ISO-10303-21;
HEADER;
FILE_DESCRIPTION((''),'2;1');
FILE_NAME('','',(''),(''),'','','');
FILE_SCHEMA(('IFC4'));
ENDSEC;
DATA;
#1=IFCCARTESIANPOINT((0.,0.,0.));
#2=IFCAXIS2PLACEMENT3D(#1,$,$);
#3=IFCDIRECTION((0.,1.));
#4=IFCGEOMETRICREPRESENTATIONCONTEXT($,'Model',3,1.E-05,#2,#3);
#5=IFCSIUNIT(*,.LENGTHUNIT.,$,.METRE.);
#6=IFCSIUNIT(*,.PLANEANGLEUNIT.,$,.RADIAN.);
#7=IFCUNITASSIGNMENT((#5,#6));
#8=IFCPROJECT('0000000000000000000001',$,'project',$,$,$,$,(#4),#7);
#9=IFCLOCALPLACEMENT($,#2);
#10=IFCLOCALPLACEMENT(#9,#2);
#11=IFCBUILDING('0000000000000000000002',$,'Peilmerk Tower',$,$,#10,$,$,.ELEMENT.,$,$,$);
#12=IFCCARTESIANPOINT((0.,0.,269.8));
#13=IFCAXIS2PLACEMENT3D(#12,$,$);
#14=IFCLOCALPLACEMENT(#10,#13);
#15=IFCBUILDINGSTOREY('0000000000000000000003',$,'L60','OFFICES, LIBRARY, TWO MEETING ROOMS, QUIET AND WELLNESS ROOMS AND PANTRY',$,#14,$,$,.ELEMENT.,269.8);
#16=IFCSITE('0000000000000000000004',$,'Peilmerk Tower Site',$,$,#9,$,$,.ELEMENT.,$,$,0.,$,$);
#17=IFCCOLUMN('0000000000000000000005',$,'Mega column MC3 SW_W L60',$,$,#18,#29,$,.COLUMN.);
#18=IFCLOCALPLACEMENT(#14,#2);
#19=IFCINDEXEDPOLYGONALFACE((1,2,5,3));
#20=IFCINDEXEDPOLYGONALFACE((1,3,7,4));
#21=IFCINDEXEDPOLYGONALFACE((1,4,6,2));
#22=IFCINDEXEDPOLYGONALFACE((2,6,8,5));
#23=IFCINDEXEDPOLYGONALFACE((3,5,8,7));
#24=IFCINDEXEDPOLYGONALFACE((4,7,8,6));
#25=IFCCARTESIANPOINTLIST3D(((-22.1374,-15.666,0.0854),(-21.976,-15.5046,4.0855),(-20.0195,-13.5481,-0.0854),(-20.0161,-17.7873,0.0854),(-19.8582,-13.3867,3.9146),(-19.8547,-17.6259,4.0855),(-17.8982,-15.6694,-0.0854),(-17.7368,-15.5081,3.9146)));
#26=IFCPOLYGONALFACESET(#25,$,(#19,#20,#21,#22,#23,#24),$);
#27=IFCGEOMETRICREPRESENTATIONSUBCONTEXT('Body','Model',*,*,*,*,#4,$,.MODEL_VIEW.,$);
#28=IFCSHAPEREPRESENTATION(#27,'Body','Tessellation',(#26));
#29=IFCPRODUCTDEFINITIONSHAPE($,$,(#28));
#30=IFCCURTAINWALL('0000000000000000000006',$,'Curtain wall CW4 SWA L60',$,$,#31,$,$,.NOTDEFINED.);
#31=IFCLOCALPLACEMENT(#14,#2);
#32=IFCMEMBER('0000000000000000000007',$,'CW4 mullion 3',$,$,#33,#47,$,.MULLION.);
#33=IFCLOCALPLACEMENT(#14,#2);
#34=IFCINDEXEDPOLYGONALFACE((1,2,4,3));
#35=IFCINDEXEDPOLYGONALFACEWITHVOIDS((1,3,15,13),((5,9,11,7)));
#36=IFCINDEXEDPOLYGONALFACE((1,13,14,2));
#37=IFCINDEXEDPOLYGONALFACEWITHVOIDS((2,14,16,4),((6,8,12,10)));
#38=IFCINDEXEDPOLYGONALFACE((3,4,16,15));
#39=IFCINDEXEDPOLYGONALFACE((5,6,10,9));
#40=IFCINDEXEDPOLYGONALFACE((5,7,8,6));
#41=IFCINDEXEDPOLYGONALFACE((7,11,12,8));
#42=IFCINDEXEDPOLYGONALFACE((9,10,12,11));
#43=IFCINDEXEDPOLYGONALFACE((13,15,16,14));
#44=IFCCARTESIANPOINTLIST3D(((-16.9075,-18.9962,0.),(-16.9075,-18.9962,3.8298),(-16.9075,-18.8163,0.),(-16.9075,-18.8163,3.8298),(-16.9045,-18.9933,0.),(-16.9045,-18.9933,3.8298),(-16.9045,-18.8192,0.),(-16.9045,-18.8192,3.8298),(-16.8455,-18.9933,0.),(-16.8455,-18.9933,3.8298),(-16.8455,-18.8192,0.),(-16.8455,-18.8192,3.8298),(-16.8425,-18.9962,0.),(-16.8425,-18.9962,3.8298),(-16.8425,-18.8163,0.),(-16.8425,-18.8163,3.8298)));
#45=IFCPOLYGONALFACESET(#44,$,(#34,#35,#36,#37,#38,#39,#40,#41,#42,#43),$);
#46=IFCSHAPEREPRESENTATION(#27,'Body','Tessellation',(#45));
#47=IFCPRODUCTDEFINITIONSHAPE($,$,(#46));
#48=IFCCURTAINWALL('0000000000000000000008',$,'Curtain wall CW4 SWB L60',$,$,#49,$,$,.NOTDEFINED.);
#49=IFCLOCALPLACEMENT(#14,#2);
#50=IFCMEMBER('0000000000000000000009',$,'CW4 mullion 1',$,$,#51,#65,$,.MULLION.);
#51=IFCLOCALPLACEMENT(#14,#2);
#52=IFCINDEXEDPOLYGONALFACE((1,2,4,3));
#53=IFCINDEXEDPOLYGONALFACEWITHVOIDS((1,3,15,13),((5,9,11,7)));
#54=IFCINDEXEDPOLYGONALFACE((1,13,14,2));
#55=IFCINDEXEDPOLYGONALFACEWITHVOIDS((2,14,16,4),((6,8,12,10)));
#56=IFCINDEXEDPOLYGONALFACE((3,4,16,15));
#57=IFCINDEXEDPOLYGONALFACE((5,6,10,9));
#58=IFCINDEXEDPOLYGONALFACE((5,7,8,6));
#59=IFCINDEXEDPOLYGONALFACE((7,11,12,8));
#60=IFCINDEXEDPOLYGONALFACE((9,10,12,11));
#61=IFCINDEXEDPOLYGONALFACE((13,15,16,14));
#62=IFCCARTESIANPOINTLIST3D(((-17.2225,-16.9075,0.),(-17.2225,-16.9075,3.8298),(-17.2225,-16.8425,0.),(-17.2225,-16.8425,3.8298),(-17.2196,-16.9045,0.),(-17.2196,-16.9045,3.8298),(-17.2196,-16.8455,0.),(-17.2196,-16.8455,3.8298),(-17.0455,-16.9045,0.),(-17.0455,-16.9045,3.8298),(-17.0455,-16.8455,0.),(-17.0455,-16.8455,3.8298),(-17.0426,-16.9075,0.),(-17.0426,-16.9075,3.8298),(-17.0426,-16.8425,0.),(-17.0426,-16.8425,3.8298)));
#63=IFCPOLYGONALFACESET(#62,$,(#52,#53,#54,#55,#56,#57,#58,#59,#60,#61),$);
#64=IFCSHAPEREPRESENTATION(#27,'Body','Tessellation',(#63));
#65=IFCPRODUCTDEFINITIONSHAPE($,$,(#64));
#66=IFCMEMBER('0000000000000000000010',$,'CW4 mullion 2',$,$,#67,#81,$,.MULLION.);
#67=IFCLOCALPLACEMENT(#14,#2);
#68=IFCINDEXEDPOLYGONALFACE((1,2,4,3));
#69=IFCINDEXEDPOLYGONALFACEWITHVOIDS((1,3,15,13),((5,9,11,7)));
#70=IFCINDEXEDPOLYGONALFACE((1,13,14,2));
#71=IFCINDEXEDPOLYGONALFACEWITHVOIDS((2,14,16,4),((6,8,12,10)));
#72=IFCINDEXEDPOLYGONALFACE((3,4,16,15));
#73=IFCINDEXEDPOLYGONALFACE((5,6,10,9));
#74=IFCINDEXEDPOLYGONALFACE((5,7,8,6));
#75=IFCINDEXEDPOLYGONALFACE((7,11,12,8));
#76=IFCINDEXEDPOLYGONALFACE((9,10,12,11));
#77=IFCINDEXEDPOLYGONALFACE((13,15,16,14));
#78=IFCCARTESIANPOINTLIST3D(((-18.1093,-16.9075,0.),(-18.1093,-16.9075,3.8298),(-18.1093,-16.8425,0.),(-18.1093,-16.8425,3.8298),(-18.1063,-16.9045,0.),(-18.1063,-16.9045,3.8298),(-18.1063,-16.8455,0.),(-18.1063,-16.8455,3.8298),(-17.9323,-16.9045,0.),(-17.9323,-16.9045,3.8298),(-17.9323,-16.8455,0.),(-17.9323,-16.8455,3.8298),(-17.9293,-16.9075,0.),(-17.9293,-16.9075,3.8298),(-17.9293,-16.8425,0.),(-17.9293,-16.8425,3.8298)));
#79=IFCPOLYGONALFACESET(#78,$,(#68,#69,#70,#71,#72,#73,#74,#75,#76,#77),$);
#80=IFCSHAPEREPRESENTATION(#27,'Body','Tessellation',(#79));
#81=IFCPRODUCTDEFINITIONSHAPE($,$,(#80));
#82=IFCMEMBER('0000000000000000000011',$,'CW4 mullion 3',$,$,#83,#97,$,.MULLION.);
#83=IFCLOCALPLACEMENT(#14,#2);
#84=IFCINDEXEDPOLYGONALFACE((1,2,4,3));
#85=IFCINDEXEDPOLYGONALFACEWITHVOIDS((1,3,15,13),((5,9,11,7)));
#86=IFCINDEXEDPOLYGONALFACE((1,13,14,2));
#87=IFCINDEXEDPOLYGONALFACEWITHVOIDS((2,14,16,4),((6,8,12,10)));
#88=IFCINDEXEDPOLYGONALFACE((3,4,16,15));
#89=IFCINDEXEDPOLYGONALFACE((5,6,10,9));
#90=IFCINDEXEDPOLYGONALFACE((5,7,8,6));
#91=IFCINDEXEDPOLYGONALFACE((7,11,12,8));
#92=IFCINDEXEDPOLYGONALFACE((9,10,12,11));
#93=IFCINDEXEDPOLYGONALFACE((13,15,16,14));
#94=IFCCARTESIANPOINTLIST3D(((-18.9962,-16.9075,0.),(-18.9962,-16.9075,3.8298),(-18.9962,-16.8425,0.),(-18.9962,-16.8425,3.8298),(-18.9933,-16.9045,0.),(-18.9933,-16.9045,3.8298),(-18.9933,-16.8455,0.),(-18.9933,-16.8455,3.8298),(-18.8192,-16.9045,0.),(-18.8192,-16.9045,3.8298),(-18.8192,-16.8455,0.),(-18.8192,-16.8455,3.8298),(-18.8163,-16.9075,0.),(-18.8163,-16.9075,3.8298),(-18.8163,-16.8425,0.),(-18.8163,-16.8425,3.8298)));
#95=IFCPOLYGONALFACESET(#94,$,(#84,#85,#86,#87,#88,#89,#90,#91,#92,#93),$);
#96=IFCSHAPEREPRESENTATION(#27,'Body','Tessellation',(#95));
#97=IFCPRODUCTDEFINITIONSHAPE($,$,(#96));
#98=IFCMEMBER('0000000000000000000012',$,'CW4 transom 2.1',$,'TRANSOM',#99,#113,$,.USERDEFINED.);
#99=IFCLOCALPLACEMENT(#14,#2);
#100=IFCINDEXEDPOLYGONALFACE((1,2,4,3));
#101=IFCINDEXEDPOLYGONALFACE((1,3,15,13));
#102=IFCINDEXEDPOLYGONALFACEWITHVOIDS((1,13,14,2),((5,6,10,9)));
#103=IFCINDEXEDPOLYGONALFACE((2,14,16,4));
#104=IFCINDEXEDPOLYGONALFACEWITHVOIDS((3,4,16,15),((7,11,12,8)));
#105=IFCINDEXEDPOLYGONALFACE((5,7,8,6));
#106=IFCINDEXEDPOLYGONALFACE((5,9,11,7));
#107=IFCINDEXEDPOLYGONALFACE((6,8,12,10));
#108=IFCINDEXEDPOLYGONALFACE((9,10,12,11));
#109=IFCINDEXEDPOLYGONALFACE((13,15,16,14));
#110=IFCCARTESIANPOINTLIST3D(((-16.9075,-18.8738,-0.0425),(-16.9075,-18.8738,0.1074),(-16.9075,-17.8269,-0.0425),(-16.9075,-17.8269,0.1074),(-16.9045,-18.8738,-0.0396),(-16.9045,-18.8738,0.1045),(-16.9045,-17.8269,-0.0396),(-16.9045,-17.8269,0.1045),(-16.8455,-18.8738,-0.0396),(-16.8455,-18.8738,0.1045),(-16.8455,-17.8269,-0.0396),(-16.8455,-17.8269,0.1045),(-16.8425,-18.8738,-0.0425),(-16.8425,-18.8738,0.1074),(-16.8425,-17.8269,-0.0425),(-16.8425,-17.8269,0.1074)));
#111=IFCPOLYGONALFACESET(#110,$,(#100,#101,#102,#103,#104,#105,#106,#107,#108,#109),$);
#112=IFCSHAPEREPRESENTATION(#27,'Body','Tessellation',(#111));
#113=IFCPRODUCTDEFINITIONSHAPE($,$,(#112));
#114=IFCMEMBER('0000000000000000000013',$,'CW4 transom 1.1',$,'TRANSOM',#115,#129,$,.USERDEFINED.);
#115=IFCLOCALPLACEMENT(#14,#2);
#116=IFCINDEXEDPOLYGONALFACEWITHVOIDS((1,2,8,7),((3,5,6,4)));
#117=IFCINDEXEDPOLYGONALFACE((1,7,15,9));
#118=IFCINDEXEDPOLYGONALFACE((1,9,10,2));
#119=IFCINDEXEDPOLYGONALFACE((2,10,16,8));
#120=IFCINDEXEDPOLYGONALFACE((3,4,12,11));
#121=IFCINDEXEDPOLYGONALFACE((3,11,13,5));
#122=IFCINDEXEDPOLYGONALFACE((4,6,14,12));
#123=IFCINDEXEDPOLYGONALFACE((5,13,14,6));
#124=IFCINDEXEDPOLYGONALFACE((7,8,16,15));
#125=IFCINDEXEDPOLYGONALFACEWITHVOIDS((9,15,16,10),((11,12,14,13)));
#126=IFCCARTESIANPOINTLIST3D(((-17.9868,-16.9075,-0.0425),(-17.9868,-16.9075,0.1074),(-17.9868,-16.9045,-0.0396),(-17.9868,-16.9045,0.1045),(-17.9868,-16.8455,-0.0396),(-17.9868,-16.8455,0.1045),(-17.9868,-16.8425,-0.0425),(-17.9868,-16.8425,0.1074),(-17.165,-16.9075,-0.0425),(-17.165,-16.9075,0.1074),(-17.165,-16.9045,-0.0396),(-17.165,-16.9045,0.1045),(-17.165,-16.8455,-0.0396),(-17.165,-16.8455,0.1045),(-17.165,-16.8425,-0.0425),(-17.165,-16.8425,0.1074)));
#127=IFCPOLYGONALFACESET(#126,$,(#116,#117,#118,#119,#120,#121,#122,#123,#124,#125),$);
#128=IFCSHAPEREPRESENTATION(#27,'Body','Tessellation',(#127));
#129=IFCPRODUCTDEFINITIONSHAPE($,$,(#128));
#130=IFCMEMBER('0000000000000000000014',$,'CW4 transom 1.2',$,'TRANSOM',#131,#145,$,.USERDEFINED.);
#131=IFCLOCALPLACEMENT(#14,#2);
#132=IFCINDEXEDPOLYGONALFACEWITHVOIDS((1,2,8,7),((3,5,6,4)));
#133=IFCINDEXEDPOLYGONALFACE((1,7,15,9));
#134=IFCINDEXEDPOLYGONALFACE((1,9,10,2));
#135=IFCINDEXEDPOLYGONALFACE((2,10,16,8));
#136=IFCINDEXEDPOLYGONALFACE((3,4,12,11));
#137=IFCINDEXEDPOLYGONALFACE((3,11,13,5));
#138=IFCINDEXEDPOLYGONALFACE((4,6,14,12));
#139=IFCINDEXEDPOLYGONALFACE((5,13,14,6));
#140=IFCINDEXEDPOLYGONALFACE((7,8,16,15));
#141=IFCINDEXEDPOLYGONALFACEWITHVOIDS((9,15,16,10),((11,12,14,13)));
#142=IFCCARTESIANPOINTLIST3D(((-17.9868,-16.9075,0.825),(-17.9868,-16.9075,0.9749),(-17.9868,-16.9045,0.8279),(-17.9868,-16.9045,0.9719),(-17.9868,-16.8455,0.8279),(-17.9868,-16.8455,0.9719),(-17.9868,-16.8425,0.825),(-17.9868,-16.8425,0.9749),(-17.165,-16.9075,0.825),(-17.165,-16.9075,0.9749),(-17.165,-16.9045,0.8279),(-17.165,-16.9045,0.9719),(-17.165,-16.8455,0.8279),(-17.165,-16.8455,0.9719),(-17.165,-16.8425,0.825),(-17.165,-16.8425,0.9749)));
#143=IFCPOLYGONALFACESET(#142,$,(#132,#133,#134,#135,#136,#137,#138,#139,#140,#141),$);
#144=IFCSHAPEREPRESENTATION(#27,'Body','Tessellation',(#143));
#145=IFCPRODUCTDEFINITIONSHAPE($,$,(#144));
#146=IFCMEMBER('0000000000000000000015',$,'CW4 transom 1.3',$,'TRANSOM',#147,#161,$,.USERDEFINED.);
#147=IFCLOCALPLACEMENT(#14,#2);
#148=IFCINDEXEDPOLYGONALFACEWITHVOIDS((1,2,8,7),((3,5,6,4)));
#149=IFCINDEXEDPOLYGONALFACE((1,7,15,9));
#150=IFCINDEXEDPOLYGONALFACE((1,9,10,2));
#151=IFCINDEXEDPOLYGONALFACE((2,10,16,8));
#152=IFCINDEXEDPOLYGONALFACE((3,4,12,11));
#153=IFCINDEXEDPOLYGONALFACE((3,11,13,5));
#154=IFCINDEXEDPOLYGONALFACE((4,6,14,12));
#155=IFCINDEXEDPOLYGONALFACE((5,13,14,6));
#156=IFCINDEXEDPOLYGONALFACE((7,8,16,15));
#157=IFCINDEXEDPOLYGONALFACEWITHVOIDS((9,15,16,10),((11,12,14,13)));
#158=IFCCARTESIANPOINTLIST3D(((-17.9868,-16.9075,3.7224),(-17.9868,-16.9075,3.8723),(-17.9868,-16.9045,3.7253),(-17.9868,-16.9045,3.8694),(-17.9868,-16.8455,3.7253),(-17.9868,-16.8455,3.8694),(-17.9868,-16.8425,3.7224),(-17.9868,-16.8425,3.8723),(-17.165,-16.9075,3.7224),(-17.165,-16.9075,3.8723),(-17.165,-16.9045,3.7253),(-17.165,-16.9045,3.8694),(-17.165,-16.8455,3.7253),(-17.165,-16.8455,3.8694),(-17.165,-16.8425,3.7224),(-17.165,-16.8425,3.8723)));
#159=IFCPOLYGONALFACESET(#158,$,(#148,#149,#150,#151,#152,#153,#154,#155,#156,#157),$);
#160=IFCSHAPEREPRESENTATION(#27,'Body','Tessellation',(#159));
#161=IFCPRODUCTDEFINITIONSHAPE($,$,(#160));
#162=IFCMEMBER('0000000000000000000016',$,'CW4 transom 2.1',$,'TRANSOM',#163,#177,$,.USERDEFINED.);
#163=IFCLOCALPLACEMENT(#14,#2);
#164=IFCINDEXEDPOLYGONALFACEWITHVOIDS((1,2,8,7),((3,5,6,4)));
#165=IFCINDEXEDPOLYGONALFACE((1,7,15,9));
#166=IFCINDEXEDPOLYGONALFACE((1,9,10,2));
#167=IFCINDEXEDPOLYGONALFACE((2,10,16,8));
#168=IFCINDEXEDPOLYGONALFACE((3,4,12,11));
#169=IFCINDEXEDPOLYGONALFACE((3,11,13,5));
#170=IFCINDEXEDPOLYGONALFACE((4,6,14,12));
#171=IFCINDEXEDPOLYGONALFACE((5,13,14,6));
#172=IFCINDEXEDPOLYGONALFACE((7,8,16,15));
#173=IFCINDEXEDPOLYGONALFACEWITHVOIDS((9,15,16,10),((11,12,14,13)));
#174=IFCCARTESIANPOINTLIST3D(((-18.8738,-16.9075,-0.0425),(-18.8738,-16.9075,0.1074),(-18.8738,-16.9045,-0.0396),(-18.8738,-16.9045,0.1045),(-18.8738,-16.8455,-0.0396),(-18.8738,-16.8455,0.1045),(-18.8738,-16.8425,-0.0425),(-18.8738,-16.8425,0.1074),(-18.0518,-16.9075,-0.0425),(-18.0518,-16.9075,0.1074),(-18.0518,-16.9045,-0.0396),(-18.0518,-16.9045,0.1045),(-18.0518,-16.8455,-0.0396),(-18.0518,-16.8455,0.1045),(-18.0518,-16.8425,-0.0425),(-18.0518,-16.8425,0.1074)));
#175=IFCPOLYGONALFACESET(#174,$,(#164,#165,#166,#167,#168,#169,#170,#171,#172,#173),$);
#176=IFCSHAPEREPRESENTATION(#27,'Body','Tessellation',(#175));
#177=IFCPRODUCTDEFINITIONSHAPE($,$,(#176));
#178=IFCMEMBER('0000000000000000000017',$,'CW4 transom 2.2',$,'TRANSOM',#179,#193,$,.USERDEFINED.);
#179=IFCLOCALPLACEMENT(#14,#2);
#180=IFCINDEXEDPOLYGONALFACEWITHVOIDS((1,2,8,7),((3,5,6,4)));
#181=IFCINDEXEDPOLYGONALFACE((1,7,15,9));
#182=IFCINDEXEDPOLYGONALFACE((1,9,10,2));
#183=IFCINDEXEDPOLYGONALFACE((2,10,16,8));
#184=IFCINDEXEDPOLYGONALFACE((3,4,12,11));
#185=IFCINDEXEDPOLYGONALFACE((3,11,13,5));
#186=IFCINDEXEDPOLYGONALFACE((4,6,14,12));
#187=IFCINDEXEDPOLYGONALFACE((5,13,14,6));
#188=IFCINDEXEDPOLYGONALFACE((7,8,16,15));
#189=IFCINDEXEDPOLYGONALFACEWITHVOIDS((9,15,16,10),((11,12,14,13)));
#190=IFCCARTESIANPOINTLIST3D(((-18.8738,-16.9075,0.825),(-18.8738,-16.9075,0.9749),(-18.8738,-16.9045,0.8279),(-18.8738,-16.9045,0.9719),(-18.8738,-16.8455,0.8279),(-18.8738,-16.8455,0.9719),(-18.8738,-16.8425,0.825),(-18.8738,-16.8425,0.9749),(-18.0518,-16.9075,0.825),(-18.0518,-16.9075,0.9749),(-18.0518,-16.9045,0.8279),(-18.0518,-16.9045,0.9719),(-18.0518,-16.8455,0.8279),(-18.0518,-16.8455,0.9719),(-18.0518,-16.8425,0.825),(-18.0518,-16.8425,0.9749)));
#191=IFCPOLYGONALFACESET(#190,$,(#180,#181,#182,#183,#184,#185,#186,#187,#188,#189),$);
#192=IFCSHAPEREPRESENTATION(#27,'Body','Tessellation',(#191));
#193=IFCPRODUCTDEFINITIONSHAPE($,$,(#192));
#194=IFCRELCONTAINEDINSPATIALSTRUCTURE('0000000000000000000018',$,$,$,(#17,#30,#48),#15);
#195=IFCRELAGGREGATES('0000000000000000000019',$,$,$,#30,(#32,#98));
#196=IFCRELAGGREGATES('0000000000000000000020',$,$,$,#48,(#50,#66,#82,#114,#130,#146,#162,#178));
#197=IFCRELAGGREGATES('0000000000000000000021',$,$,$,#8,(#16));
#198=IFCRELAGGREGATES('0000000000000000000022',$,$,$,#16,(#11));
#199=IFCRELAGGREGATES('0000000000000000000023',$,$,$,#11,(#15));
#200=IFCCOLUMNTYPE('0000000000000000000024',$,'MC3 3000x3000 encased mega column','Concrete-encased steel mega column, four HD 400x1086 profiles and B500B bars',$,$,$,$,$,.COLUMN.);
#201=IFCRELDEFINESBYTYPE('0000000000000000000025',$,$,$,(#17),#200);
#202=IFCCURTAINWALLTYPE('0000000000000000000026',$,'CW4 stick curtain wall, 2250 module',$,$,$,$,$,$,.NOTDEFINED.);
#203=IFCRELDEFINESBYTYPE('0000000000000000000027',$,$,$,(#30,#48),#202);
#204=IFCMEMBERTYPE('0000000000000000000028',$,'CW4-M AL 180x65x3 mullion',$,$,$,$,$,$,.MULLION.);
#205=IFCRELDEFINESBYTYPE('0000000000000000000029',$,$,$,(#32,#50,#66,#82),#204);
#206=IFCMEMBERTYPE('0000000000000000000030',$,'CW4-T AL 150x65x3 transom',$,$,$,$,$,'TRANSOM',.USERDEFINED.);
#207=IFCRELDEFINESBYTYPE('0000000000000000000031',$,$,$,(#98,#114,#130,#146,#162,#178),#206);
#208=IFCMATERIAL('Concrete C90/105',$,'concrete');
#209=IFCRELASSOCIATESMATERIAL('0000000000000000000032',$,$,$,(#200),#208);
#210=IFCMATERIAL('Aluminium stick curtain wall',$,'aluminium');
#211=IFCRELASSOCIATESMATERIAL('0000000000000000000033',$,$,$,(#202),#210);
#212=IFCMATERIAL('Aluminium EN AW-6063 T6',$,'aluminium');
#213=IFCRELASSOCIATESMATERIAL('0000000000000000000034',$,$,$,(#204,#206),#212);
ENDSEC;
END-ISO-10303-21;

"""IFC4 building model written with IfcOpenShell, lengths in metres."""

from ifc_helpers import new_model, si_unit, direction, frame, origin, origin_2d, place, context, subcontext, project, spatial, rectangle, hollow_rectangle, extrude, material, material_profile, profile_set, type_object, element, aggregate, save


model = new_model("IFC4")

# Units and contexts
model_context = context("Model", 3, precision=1e-05, world=origin(), true_north=direction((0.0, 1.0)))
body_context = subcontext(model_context, "Body", "Model", "MODEL_VIEW")
ifc_project = project(units=[si_unit("LENGTHUNIT", "METRE"), si_unit("PLANEANGLEUNIT", "RADIAN")], contexts=[model_context])

# Site, building, storey
site_placement = place(None, origin())
site = spatial("IfcSite", under=ifc_project, at=site_placement, Name="Peilmerk Tower Site", CompositionType="ELEMENT", RefElevation=0.0)
building_placement = place(site_placement, origin())
building = spatial("IfcBuilding", under=site, at=building_placement, Name="Peilmerk Tower", CompositionType="ELEMENT")
storey_placement = place(building_placement, frame((0.0, 0.0, 269.8)))
storey = spatial("IfcBuildingStorey", under=building, at=storey_placement, Name="L60", Description="OFFICES, LIBRARY, TWO MEETING ROOMS, QUIET AND WELLNESS ROOMS AND PANTRY", CompositionType="ELEMENT", Elevation=269.8)

# Column
ifc_material_1 = material(Name="Concrete C90/105", Category="concrete")
ifc_material_profile_1 = material_profile(ifc_material_1, rectangle(XDim=3.0, YDim=3.0, at=origin_2d()), Name="RC 3000x3000")
ifc_profile_set_1 = profile_set([ifc_material_profile_1], Name="Concrete C90/105")
column_type = type_object("IfcColumnType", Name="MC3 3000x3000 encased mega column", Description="Concrete-encased steel mega column, four HD 400x1086 profiles and B500B bars", PredefinedType="COLUMN", material=ifc_profile_set_1)
column_placement = place(storey_placement, frame((-20.0178, -15.6677, 0.0), z_axis=(0.040279, 0.040279, 0.998376), x_axis=(-0.707107, 0.707107, 0.0)))
element("IfcColumn", 1, at=column_placement, inside=storey, type_object=column_type, Name="Mega column MC3 SW_W L60", PredefinedType="COLUMN", context=body_context, shape_type="SweptSolid", body=[
    extrude(rectangle(XDim=3.0, YDim=3.0, at=origin_2d()), origin(), (0.0, 0.0, 1.0), 4.0066),
])

# Curtain wall, member
ifc_material_2 = material(Name="Aluminium stick curtain wall", Category="aluminium")
curtain_wall_type = type_object("IfcCurtainWallType", Name="CW4 stick curtain wall, 2250 module", PredefinedType="NOTDEFINED", material=ifc_material_2)
curtain_wall_1_placement = place(storey_placement, origin())
curtain_wall_1 = element("IfcCurtainWall", 2, at=curtain_wall_1_placement, inside=storey, type_object=curtain_wall_type, Name="Curtain wall CW4 SWA L60", PredefinedType="NOTDEFINED")
ifc_material_3 = material(Name="Aluminium EN AW-6063 T6", Category="aluminium")
ifc_material_profile_2 = material_profile(ifc_material_3, hollow_rectangle(XDim=0.0649, YDim=0.1799, WallThickness=0.0029, at=origin_2d()), Name="AL 180x65x3")
ifc_profile_set_2 = profile_set([ifc_material_profile_2], Name="Aluminium EN AW-6063 T6")
member_type_1 = type_object("IfcMemberType", Name="CW4-M AL 180x65x3 mullion", PredefinedType="MULLION", material=ifc_profile_set_2)
member_1_placement = place(storey_placement, frame((-16.875, -18.9062, 0.0), z_axis=(0.0, 0.0, 1.0), x_axis=(1.0, 0.0, 0.0)))
member_1 = element("IfcMember", 3, at=member_1_placement, type_object=member_type_1, Name="CW4 mullion 3", PredefinedType="MULLION", context=body_context, shape_type="SweptSolid", body=[
    extrude(hollow_rectangle(XDim=0.0649, YDim=0.1799, WallThickness=0.0029, at=origin_2d()), origin(), (0.0, 0.0, 1.0), 3.8298),
])

# Curtain wall, members
curtain_wall_2_placement = place(storey_placement, origin())
curtain_wall_2 = element("IfcCurtainWall", 4, at=curtain_wall_2_placement, inside=storey, type_object=curtain_wall_type, Name="Curtain wall CW4 SWB L60", PredefinedType="NOTDEFINED")
member_2_placement = place(storey_placement, frame((-17.1326, -16.875, 0.0), z_axis=(0.0, 0.0, 1.0), x_axis=(0.0, -1.0, 0.0)))
member_2 = element("IfcMember", 5, at=member_2_placement, type_object=member_type_1, Name="CW4 mullion 1", PredefinedType="MULLION", context=body_context, shape_type="SweptSolid", body=[
    extrude(hollow_rectangle(XDim=0.0649, YDim=0.1799, WallThickness=0.0029, at=origin_2d()), origin(), (0.0, 0.0, 1.0), 3.8298),
])
member_3_placement = place(storey_placement, frame((-18.0193, -16.875, 0.0), z_axis=(0.0, 0.0, 1.0), x_axis=(0.0, -1.0, 0.0)))
member_3 = element("IfcMember", 6, at=member_3_placement, type_object=member_type_1, Name="CW4 mullion 2", PredefinedType="MULLION", context=body_context, shape_type="SweptSolid", body=[
    extrude(hollow_rectangle(XDim=0.0649, YDim=0.1799, WallThickness=0.0029, at=origin_2d()), origin(), (0.0, 0.0, 1.0), 3.8298),
])
member_4_placement = place(storey_placement, frame((-18.9062, -16.875, 0.0), z_axis=(0.0, 0.0, 1.0), x_axis=(0.0, -1.0, 0.0)))
member_4 = element("IfcMember", 7, at=member_4_placement, type_object=member_type_1, Name="CW4 mullion 3", PredefinedType="MULLION", context=body_context, shape_type="SweptSolid", body=[
    extrude(hollow_rectangle(XDim=0.0649, YDim=0.1799, WallThickness=0.0029, at=origin_2d()), origin(), (0.0, 0.0, 1.0), 3.8298),
])

# Members
ifc_material_profile_3 = material_profile(ifc_material_3, hollow_rectangle(XDim=0.0649, YDim=0.1499, WallThickness=0.0029, at=origin_2d()), Name="AL 150x65x3")
ifc_profile_set_3 = profile_set([ifc_material_profile_3], Name="Aluminium EN AW-6063 T6")
member_type_2 = type_object("IfcMemberType", Name="CW4-T AL 150x65x3 transom", ElementType="TRANSOM", PredefinedType="USERDEFINED", material=ifc_profile_set_3)
member_5_placement = place(storey_placement, frame((-16.875, -17.8269, 0.0325), z_axis=(0.0, -1.0, 0.0), x_axis=(1.0, 0.0, 0.0)))
member_5 = element("IfcMember", 8, at=member_5_placement, type_object=member_type_2, Name="CW4 transom 2.1", ObjectType="TRANSOM", PredefinedType="USERDEFINED", context=body_context, shape_type="SweptSolid", body=[
    extrude(hollow_rectangle(XDim=0.0649, YDim=0.1499, WallThickness=0.0029, at=origin_2d()), origin(), (0.0, 0.0, 1.0), 1.0469),
])
member_6_placement = place(storey_placement, frame((-17.165, -16.875, 0.0325), z_axis=(-1.0, 0.0, 0.0), x_axis=(0.0, -1.0, 0.0)))
member_6 = element("IfcMember", 9, at=member_6_placement, type_object=member_type_2, Name="CW4 transom 1.1", ObjectType="TRANSOM", PredefinedType="USERDEFINED", context=body_context, shape_type="SweptSolid", body=[
    extrude(hollow_rectangle(XDim=0.0649, YDim=0.1499, WallThickness=0.0029, at=origin_2d()), origin(), (0.0, 0.0, 1.0), 0.8218),
])
member_7_placement = place(storey_placement, frame((-17.165, -16.875, 0.8999), z_axis=(-1.0, 0.0, 0.0), x_axis=(0.0, -1.0, 0.0)))
member_7 = element("IfcMember", 10, at=member_7_placement, type_object=member_type_2, Name="CW4 transom 1.2", ObjectType="TRANSOM", PredefinedType="USERDEFINED", context=body_context, shape_type="SweptSolid", body=[
    extrude(hollow_rectangle(XDim=0.0649, YDim=0.1499, WallThickness=0.0029, at=origin_2d()), origin(), (0.0, 0.0, 1.0), 0.8218),
])
member_8_placement = place(storey_placement, frame((-17.165, -16.875, 3.7974), z_axis=(-1.0, 0.0, 0.0), x_axis=(0.0, -1.0, 0.0)))
member_8 = element("IfcMember", 11, at=member_8_placement, type_object=member_type_2, Name="CW4 transom 1.3", ObjectType="TRANSOM", PredefinedType="USERDEFINED", context=body_context, shape_type="SweptSolid", body=[
    extrude(hollow_rectangle(XDim=0.0649, YDim=0.1499, WallThickness=0.0029, at=origin_2d()), origin(), (0.0, 0.0, 1.0), 0.8218),
])
member_9_placement = place(storey_placement, frame((-18.0518, -16.875, 0.0325), z_axis=(-1.0, 0.0, 0.0), x_axis=(0.0, -1.0, 0.0)))
member_9 = element("IfcMember", 12, at=member_9_placement, type_object=member_type_2, Name="CW4 transom 2.1", ObjectType="TRANSOM", PredefinedType="USERDEFINED", context=body_context, shape_type="SweptSolid", body=[
    extrude(hollow_rectangle(XDim=0.0649, YDim=0.1499, WallThickness=0.0029, at=origin_2d()), origin(), (0.0, 0.0, 1.0), 0.822),
])
member_10_placement = place(storey_placement, frame((-18.0518, -16.875, 0.8999), z_axis=(-1.0, 0.0, 0.0), x_axis=(0.0, -1.0, 0.0)))
member_10 = element("IfcMember", 13, at=member_10_placement, type_object=member_type_2, Name="CW4 transom 2.2", ObjectType="TRANSOM", PredefinedType="USERDEFINED", context=body_context, shape_type="SweptSolid", body=[
    extrude(hollow_rectangle(XDim=0.0649, YDim=0.1499, WallThickness=0.0029, at=origin_2d()), origin(), (0.0, 0.0, 1.0), 0.822),
])

aggregate(curtain_wall_1, [member_1, member_5])
aggregate(curtain_wall_2, [member_2, member_3, member_4, member_6, member_7, member_8, member_9, member_10])

save(model, "model.ifc")
